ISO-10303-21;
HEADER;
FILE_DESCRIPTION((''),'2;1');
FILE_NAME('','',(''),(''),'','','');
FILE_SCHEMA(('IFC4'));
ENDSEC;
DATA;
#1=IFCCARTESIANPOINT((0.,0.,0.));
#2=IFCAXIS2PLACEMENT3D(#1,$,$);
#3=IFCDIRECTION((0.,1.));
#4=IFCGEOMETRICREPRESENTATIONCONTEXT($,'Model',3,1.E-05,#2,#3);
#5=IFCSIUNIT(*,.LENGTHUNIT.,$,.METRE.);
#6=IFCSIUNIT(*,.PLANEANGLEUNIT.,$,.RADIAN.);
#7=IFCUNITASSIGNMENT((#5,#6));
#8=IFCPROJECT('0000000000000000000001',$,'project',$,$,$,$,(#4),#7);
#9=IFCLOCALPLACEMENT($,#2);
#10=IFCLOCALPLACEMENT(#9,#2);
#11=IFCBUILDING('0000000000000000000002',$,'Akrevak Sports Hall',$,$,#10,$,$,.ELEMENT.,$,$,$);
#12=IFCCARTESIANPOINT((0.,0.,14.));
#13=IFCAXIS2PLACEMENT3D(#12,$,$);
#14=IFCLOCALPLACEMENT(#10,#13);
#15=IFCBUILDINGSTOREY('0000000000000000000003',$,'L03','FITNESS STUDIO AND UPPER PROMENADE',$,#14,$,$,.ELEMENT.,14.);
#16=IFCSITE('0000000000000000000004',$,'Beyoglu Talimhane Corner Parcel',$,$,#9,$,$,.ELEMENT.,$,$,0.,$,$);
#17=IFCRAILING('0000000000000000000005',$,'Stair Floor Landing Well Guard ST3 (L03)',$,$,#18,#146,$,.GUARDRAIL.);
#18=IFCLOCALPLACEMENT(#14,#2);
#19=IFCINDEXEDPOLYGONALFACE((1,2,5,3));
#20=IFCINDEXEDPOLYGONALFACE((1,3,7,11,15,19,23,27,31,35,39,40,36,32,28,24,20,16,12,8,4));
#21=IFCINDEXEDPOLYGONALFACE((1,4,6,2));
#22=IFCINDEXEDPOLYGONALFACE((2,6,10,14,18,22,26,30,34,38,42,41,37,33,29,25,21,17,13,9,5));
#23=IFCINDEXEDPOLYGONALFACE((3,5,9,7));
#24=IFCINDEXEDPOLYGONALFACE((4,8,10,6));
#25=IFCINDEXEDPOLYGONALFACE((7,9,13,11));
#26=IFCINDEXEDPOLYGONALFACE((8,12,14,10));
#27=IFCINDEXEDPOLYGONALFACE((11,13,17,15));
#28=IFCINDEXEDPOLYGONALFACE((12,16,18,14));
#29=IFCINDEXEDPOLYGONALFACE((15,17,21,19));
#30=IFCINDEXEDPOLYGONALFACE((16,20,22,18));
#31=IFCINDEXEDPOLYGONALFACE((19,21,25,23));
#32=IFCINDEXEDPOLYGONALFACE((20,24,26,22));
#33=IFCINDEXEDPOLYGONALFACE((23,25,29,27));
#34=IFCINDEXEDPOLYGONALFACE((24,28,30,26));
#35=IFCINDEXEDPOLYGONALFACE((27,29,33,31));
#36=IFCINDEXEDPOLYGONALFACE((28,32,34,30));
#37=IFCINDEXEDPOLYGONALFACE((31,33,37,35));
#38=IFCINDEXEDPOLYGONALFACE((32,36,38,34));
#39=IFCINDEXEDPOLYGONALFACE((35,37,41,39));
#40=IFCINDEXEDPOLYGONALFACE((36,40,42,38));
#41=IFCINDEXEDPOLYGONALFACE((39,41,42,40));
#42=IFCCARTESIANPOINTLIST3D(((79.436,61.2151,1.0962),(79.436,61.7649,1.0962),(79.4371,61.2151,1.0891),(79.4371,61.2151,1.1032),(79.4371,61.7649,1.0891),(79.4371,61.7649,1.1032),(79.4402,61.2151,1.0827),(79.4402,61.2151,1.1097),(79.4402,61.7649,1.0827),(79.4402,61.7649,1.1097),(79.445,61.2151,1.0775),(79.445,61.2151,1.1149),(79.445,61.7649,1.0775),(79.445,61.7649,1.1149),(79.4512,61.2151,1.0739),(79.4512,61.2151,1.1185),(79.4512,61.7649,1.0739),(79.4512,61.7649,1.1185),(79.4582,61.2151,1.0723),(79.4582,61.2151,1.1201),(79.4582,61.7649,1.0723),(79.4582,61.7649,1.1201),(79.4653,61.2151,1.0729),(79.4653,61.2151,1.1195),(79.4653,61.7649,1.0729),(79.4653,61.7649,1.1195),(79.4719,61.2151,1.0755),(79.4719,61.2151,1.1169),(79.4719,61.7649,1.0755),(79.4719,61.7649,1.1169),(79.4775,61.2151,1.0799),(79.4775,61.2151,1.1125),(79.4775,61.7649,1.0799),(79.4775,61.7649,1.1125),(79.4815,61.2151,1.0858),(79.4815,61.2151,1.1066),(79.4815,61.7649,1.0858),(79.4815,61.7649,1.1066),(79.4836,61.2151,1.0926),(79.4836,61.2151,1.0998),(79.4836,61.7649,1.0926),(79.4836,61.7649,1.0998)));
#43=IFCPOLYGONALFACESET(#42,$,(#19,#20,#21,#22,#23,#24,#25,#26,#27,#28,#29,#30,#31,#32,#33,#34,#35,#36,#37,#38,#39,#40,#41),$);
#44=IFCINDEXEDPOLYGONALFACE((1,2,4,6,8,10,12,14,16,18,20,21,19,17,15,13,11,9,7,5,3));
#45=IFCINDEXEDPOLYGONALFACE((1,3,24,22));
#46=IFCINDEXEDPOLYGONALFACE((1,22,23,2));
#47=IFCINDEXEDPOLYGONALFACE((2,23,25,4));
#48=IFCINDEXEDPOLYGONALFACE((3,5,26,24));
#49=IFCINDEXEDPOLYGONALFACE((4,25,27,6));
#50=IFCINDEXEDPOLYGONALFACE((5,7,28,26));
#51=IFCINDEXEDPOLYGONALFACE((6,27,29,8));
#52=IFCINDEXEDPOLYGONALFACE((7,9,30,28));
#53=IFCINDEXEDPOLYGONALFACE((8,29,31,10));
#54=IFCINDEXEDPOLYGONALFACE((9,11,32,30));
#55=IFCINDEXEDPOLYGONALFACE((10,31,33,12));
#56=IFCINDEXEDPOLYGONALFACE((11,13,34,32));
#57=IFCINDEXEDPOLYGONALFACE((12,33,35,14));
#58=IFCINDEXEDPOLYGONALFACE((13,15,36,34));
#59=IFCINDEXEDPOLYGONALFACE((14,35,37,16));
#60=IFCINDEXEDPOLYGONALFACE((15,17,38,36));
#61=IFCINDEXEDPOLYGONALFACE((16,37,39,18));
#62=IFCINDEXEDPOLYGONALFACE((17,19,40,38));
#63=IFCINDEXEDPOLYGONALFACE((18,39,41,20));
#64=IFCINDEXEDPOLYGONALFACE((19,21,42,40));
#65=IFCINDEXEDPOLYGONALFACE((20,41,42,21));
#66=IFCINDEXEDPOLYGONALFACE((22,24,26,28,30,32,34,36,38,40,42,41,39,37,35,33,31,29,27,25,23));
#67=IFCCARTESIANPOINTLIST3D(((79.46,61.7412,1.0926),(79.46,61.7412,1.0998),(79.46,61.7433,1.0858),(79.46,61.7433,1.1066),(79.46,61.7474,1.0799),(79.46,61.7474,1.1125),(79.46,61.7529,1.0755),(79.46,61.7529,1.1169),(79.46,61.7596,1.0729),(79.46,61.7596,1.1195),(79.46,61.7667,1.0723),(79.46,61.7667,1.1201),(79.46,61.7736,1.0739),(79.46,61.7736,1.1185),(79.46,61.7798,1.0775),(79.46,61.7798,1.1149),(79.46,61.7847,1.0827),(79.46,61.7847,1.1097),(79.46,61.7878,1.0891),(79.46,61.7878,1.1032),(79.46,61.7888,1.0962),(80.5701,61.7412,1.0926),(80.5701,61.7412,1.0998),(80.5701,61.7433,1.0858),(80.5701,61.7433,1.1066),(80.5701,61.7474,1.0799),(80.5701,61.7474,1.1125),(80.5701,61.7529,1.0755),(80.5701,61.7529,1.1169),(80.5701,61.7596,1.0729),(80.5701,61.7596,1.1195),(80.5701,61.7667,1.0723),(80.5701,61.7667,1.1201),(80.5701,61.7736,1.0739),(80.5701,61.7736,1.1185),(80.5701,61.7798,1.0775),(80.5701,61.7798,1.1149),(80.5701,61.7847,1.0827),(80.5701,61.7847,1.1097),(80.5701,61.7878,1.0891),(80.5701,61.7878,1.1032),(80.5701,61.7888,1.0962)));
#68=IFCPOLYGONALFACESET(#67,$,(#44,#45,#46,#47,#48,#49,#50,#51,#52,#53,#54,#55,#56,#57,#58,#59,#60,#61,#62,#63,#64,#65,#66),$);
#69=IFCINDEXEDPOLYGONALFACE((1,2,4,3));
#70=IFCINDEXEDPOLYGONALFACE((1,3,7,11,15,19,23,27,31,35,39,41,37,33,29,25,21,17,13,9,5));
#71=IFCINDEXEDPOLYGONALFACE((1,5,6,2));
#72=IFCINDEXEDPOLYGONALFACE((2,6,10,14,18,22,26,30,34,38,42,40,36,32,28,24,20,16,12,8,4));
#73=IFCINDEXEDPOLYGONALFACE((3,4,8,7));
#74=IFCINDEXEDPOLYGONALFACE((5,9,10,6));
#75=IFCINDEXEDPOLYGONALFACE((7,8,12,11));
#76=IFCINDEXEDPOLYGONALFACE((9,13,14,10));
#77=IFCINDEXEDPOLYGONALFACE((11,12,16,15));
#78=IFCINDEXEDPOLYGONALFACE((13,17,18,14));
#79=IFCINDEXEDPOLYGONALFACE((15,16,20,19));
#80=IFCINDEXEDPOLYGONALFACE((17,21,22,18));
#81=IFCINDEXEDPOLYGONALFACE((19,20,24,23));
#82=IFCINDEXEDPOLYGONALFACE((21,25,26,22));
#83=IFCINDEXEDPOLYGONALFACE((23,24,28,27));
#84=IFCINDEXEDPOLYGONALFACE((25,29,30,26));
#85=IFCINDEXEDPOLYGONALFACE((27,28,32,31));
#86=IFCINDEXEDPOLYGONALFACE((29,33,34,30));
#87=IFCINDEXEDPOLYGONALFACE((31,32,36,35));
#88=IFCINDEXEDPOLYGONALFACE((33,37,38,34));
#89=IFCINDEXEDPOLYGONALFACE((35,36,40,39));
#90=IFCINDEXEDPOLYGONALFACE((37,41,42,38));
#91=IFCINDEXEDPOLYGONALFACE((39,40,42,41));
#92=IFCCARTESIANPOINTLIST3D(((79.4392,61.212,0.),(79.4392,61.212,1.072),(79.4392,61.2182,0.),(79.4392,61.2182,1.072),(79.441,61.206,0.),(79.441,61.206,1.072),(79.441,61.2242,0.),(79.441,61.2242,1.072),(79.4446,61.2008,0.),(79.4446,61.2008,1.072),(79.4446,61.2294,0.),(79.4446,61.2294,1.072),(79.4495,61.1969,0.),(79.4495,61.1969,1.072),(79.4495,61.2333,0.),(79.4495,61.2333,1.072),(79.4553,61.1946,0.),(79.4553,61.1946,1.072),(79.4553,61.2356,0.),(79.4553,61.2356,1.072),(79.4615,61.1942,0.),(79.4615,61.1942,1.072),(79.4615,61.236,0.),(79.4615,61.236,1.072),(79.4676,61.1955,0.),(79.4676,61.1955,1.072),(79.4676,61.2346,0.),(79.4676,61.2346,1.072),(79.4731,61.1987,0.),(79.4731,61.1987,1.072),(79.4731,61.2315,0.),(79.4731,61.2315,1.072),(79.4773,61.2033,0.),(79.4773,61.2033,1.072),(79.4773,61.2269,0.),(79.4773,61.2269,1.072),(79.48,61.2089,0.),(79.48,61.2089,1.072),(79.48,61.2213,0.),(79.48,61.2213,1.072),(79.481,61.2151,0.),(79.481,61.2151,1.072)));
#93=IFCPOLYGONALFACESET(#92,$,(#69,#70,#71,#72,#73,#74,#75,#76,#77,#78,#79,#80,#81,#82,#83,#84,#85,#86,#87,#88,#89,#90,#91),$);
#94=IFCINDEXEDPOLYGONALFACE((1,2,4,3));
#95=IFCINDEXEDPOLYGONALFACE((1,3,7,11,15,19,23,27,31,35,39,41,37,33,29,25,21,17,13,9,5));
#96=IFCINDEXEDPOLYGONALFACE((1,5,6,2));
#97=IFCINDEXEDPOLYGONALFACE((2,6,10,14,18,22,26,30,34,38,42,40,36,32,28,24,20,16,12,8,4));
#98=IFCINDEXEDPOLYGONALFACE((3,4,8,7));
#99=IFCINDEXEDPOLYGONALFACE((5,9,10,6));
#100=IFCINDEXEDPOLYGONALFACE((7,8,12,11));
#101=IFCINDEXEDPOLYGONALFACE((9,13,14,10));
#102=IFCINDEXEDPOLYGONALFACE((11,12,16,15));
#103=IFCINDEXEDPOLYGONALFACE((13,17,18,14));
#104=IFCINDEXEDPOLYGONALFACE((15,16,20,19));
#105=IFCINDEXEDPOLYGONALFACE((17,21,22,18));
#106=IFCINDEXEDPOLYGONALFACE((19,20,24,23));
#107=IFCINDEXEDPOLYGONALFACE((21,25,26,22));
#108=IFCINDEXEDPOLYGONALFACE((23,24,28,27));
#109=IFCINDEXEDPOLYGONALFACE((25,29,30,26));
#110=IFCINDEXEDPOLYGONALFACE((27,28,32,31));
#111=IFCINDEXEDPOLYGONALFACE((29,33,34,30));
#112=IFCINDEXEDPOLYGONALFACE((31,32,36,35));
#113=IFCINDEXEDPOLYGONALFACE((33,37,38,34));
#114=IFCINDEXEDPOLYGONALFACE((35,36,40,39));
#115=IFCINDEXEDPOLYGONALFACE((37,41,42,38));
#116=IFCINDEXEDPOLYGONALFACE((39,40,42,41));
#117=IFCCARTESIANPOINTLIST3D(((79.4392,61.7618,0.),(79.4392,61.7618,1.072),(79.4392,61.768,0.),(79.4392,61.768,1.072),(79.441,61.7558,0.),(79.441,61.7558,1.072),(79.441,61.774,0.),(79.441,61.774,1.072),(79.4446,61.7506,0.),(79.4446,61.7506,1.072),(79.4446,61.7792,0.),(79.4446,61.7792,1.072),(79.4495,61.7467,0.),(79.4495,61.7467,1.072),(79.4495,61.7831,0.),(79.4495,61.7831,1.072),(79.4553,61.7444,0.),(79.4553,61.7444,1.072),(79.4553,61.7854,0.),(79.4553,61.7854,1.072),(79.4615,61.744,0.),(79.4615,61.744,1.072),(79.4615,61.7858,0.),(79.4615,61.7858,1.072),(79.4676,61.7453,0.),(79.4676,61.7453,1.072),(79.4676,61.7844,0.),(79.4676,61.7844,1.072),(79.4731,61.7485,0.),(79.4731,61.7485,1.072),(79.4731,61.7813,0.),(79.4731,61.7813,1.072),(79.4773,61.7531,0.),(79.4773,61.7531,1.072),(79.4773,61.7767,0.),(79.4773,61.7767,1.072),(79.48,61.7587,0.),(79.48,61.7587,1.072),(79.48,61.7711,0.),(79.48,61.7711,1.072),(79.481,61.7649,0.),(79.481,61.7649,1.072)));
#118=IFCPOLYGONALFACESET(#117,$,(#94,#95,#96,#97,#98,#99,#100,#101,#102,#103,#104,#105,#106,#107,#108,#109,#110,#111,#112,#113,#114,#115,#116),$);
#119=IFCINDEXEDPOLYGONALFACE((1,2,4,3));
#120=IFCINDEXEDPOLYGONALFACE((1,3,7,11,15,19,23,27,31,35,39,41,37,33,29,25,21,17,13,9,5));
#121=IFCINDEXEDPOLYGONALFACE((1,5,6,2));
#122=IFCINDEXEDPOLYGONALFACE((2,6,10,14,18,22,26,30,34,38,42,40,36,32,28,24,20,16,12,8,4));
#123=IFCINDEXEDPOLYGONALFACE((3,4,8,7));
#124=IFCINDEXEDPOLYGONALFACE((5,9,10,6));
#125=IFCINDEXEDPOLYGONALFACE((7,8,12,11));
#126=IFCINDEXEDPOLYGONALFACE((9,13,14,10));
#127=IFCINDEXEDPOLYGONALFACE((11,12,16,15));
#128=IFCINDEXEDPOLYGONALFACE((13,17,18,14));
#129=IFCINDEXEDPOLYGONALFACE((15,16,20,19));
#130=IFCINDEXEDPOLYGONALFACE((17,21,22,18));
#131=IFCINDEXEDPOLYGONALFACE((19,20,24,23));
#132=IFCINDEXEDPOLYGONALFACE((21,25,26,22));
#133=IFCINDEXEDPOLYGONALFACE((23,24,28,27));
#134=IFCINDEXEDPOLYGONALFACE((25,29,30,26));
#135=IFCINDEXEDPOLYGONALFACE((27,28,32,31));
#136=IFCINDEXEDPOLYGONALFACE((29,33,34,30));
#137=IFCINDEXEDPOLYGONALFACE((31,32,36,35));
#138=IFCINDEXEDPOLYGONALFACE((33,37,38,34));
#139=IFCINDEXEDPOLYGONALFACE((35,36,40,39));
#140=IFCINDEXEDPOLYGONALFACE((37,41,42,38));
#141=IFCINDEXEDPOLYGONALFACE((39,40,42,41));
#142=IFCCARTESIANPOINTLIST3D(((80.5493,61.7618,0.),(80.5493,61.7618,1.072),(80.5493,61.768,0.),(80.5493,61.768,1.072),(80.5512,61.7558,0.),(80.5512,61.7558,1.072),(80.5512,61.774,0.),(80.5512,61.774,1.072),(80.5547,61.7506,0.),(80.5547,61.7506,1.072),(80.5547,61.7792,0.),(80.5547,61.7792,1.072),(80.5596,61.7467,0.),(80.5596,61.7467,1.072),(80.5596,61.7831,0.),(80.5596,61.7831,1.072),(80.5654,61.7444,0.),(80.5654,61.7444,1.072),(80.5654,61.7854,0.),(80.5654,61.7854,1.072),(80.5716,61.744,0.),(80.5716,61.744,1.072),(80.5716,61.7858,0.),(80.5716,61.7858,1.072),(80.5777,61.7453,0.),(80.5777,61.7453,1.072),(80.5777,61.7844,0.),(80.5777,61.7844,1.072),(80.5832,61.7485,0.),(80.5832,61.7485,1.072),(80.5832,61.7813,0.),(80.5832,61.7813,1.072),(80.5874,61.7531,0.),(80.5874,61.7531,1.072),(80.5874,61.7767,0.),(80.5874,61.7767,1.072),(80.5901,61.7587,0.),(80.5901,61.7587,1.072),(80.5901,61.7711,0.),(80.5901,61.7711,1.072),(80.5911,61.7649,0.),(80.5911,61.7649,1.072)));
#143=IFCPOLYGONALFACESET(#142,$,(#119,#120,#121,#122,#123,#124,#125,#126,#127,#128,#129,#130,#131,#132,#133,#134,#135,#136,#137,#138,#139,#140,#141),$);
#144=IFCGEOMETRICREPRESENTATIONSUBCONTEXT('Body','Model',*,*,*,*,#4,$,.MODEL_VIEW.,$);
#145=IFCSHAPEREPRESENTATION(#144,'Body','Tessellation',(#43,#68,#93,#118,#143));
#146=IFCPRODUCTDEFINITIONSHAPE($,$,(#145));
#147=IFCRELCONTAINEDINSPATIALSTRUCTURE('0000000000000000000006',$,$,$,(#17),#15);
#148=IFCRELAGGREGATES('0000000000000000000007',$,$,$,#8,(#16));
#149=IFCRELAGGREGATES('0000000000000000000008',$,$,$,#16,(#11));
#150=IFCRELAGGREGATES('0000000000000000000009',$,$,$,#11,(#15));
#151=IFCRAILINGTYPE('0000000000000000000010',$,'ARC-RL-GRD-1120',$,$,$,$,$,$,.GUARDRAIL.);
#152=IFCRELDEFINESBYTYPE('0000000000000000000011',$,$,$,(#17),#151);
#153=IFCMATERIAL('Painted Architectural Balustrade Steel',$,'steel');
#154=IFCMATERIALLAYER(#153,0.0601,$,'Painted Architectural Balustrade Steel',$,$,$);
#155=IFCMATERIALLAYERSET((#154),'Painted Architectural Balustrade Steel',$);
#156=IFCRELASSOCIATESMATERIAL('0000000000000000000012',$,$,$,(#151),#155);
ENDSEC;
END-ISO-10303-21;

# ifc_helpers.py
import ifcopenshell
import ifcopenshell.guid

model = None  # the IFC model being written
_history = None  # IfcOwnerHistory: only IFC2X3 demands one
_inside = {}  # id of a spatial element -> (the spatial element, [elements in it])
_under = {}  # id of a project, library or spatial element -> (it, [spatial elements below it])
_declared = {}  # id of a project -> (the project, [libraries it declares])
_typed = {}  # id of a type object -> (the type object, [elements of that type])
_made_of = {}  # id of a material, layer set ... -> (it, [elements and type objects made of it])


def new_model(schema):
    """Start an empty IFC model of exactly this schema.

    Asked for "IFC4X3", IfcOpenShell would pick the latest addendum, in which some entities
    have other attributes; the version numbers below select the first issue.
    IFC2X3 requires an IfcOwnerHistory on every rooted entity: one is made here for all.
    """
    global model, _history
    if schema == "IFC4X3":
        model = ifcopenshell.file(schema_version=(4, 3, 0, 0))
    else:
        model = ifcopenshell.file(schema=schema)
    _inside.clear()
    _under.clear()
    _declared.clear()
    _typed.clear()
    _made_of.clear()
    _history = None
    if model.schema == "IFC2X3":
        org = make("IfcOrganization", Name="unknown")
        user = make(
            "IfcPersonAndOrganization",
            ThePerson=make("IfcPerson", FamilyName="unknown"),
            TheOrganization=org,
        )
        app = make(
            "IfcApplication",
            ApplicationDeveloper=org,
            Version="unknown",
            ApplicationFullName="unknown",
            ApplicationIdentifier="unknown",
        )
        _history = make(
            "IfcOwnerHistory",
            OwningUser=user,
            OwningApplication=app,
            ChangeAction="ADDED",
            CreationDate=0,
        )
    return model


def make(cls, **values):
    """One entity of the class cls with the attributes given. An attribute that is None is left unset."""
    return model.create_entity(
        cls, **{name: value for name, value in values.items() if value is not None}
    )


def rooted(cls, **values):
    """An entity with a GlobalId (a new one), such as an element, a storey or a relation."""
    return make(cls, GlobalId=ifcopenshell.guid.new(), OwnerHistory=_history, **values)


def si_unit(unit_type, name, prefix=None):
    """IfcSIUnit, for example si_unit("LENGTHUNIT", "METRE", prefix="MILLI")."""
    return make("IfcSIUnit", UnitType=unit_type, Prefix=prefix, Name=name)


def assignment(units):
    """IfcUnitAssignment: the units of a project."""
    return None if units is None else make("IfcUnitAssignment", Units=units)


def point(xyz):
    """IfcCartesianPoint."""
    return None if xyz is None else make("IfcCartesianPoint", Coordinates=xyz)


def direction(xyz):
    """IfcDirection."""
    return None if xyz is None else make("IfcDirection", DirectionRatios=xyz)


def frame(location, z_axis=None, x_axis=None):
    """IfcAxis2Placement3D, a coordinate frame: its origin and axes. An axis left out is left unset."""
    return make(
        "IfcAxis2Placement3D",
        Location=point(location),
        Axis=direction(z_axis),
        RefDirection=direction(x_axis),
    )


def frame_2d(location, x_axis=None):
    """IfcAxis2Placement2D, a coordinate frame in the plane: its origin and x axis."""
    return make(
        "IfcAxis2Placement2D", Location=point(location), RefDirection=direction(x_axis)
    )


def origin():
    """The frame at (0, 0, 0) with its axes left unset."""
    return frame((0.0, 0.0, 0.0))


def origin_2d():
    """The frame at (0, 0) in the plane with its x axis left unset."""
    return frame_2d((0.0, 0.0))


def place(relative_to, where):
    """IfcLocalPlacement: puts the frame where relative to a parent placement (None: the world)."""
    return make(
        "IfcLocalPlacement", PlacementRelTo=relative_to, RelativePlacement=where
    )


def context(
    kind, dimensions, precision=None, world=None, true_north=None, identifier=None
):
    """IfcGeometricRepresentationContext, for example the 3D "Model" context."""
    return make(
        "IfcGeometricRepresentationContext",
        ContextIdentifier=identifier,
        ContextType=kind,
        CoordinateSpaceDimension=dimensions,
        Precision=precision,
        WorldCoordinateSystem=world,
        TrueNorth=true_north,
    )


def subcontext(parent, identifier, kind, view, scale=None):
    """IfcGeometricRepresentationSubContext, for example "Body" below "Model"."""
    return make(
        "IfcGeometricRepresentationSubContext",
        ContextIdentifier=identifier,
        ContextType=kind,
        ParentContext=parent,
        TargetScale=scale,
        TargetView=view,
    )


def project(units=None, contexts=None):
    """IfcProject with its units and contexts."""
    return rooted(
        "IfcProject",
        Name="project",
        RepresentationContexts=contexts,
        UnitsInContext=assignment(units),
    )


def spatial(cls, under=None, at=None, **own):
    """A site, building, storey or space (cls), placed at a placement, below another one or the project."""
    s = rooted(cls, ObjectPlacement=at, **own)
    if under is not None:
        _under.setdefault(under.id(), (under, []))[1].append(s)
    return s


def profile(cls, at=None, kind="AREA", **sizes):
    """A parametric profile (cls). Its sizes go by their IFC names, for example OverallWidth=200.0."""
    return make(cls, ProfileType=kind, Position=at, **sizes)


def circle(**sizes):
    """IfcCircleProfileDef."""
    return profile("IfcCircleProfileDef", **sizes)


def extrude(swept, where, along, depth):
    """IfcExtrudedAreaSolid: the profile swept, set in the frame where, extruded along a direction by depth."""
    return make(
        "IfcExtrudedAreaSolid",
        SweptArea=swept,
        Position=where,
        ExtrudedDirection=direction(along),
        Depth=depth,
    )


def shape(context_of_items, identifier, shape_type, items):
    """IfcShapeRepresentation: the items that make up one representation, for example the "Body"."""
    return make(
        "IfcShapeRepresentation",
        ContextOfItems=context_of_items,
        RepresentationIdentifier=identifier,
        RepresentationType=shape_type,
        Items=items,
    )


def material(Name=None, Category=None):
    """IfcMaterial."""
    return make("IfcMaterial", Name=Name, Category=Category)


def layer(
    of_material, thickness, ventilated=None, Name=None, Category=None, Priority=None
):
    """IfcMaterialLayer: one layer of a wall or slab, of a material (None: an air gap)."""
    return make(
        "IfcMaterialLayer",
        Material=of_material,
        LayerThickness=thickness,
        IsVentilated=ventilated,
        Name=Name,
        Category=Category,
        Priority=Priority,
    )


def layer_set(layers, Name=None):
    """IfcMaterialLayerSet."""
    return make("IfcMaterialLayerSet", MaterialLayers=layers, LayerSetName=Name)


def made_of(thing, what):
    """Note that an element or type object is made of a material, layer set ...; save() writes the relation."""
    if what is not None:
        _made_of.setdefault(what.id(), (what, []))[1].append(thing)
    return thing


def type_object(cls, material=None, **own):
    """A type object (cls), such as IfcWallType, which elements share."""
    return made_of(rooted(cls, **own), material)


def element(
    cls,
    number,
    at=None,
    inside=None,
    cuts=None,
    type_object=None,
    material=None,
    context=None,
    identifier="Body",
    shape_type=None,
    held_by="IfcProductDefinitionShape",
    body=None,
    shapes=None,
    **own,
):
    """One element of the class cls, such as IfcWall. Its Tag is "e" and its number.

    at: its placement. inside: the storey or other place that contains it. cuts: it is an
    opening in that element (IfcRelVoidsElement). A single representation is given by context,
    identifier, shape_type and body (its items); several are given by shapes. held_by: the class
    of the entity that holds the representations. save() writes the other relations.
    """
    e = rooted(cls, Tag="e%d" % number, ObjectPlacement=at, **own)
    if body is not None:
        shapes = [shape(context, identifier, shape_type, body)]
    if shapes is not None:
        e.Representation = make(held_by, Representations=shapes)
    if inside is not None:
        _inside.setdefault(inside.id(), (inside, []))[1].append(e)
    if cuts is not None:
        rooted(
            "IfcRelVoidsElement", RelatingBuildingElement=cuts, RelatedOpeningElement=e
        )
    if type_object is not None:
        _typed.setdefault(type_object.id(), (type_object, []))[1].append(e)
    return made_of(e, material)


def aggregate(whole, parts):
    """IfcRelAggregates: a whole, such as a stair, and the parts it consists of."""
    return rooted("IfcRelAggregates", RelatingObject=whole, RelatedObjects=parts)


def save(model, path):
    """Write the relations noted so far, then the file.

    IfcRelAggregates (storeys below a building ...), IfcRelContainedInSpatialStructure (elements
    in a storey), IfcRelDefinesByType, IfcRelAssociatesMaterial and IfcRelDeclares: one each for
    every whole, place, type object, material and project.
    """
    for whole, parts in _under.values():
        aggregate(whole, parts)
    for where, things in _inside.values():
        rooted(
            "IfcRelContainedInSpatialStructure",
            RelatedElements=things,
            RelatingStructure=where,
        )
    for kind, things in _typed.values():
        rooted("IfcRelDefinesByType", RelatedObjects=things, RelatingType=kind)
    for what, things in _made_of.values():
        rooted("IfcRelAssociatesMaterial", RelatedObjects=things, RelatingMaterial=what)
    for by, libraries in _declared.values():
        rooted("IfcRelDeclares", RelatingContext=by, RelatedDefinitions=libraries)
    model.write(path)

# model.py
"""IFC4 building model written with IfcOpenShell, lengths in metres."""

from ifc_helpers import new_model, si_unit, direction, frame, origin, origin_2d, place, context, subcontext, project, spatial, circle, extrude, material, layer, layer_set, type_object, element, save


model = new_model("IFC4")

# Units and contexts
model_context = context("Model", 3, precision=1e-05, world=origin(), true_north=direction((0.0, 1.0)))
body_context = subcontext(model_context, "Body", "Model", "MODEL_VIEW")
ifc_project = project(units=[si_unit("LENGTHUNIT", "METRE"), si_unit("PLANEANGLEUNIT", "RADIAN")], contexts=[model_context])

# Site, building, storey
site_placement = place(None, origin())
site = spatial("IfcSite", under=ifc_project, at=site_placement, Name="Beyoglu Talimhane Corner Parcel", CompositionType="ELEMENT", RefElevation=0.0)
building_placement = place(site_placement, origin())
building = spatial("IfcBuilding", under=site, at=building_placement, Name="Akrevak Sports Hall", CompositionType="ELEMENT")
storey_placement = place(building_placement, frame((0.0, 0.0, 14.0)))
storey = spatial("IfcBuildingStorey", under=building, at=storey_placement, Name="L03", Description="FITNESS STUDIO AND UPPER PROMENADE", CompositionType="ELEMENT", Elevation=14.0)

# Railing
ifc_material_1 = material(Name="Painted Architectural Balustrade Steel", Category="steel")
ifc_layer_1 = layer(ifc_material_1, 0.0601, Name="Painted Architectural Balustrade Steel")
ifc_layer_set_1 = layer_set([ifc_layer_1], Name="Painted Architectural Balustrade Steel")
railing_type_1 = type_object("IfcRailingType", Name="ARC-RL-GRD-1120", PredefinedType="GUARDRAIL", material=ifc_layer_set_1)
railing_1_placement = place(storey_placement, frame((79.46, 61.2151, 0.0)))
element("IfcRailing", 1, at=railing_1_placement, inside=storey, type_object=railing_type_1, Name="Stair Floor Landing Well Guard ST3 (L03)", PredefinedType="GUARDRAIL", context=body_context, shape_type="SweptSolid", body=[
    extrude(circle(Radius=0.0239, at=origin_2d()), frame((0.0, 0.0, 1.0962), z_axis=(0.0, 1.0, 0.0), x_axis=(-1.0, 0.0, 0.0)), (0.0, 0.0, 1.0), 0.5498),
    extrude(circle(Radius=0.0239, at=origin_2d()), frame((0.0, 0.5498, 1.0962), z_axis=(1.0, 0.0, 0.0), x_axis=(0.0, 1.0, 0.0)), (0.0, 0.0, 1.0), 1.1101),
    extrude(circle(Radius=0.021, at=origin_2d()), origin(), (0.0, 0.0, 1.0), 1.072),
    extrude(circle(Radius=0.021, at=origin_2d()), frame((0.0, 0.5498, 0.0)), (0.0, 0.0, 1.0), 1.072),
    extrude(circle(Radius=0.021, at=origin_2d()), frame((1.1101, 0.5498, 0.0)), (0.0, 0.0, 1.0), 1.072),
])

save(model, "model.ifc")
